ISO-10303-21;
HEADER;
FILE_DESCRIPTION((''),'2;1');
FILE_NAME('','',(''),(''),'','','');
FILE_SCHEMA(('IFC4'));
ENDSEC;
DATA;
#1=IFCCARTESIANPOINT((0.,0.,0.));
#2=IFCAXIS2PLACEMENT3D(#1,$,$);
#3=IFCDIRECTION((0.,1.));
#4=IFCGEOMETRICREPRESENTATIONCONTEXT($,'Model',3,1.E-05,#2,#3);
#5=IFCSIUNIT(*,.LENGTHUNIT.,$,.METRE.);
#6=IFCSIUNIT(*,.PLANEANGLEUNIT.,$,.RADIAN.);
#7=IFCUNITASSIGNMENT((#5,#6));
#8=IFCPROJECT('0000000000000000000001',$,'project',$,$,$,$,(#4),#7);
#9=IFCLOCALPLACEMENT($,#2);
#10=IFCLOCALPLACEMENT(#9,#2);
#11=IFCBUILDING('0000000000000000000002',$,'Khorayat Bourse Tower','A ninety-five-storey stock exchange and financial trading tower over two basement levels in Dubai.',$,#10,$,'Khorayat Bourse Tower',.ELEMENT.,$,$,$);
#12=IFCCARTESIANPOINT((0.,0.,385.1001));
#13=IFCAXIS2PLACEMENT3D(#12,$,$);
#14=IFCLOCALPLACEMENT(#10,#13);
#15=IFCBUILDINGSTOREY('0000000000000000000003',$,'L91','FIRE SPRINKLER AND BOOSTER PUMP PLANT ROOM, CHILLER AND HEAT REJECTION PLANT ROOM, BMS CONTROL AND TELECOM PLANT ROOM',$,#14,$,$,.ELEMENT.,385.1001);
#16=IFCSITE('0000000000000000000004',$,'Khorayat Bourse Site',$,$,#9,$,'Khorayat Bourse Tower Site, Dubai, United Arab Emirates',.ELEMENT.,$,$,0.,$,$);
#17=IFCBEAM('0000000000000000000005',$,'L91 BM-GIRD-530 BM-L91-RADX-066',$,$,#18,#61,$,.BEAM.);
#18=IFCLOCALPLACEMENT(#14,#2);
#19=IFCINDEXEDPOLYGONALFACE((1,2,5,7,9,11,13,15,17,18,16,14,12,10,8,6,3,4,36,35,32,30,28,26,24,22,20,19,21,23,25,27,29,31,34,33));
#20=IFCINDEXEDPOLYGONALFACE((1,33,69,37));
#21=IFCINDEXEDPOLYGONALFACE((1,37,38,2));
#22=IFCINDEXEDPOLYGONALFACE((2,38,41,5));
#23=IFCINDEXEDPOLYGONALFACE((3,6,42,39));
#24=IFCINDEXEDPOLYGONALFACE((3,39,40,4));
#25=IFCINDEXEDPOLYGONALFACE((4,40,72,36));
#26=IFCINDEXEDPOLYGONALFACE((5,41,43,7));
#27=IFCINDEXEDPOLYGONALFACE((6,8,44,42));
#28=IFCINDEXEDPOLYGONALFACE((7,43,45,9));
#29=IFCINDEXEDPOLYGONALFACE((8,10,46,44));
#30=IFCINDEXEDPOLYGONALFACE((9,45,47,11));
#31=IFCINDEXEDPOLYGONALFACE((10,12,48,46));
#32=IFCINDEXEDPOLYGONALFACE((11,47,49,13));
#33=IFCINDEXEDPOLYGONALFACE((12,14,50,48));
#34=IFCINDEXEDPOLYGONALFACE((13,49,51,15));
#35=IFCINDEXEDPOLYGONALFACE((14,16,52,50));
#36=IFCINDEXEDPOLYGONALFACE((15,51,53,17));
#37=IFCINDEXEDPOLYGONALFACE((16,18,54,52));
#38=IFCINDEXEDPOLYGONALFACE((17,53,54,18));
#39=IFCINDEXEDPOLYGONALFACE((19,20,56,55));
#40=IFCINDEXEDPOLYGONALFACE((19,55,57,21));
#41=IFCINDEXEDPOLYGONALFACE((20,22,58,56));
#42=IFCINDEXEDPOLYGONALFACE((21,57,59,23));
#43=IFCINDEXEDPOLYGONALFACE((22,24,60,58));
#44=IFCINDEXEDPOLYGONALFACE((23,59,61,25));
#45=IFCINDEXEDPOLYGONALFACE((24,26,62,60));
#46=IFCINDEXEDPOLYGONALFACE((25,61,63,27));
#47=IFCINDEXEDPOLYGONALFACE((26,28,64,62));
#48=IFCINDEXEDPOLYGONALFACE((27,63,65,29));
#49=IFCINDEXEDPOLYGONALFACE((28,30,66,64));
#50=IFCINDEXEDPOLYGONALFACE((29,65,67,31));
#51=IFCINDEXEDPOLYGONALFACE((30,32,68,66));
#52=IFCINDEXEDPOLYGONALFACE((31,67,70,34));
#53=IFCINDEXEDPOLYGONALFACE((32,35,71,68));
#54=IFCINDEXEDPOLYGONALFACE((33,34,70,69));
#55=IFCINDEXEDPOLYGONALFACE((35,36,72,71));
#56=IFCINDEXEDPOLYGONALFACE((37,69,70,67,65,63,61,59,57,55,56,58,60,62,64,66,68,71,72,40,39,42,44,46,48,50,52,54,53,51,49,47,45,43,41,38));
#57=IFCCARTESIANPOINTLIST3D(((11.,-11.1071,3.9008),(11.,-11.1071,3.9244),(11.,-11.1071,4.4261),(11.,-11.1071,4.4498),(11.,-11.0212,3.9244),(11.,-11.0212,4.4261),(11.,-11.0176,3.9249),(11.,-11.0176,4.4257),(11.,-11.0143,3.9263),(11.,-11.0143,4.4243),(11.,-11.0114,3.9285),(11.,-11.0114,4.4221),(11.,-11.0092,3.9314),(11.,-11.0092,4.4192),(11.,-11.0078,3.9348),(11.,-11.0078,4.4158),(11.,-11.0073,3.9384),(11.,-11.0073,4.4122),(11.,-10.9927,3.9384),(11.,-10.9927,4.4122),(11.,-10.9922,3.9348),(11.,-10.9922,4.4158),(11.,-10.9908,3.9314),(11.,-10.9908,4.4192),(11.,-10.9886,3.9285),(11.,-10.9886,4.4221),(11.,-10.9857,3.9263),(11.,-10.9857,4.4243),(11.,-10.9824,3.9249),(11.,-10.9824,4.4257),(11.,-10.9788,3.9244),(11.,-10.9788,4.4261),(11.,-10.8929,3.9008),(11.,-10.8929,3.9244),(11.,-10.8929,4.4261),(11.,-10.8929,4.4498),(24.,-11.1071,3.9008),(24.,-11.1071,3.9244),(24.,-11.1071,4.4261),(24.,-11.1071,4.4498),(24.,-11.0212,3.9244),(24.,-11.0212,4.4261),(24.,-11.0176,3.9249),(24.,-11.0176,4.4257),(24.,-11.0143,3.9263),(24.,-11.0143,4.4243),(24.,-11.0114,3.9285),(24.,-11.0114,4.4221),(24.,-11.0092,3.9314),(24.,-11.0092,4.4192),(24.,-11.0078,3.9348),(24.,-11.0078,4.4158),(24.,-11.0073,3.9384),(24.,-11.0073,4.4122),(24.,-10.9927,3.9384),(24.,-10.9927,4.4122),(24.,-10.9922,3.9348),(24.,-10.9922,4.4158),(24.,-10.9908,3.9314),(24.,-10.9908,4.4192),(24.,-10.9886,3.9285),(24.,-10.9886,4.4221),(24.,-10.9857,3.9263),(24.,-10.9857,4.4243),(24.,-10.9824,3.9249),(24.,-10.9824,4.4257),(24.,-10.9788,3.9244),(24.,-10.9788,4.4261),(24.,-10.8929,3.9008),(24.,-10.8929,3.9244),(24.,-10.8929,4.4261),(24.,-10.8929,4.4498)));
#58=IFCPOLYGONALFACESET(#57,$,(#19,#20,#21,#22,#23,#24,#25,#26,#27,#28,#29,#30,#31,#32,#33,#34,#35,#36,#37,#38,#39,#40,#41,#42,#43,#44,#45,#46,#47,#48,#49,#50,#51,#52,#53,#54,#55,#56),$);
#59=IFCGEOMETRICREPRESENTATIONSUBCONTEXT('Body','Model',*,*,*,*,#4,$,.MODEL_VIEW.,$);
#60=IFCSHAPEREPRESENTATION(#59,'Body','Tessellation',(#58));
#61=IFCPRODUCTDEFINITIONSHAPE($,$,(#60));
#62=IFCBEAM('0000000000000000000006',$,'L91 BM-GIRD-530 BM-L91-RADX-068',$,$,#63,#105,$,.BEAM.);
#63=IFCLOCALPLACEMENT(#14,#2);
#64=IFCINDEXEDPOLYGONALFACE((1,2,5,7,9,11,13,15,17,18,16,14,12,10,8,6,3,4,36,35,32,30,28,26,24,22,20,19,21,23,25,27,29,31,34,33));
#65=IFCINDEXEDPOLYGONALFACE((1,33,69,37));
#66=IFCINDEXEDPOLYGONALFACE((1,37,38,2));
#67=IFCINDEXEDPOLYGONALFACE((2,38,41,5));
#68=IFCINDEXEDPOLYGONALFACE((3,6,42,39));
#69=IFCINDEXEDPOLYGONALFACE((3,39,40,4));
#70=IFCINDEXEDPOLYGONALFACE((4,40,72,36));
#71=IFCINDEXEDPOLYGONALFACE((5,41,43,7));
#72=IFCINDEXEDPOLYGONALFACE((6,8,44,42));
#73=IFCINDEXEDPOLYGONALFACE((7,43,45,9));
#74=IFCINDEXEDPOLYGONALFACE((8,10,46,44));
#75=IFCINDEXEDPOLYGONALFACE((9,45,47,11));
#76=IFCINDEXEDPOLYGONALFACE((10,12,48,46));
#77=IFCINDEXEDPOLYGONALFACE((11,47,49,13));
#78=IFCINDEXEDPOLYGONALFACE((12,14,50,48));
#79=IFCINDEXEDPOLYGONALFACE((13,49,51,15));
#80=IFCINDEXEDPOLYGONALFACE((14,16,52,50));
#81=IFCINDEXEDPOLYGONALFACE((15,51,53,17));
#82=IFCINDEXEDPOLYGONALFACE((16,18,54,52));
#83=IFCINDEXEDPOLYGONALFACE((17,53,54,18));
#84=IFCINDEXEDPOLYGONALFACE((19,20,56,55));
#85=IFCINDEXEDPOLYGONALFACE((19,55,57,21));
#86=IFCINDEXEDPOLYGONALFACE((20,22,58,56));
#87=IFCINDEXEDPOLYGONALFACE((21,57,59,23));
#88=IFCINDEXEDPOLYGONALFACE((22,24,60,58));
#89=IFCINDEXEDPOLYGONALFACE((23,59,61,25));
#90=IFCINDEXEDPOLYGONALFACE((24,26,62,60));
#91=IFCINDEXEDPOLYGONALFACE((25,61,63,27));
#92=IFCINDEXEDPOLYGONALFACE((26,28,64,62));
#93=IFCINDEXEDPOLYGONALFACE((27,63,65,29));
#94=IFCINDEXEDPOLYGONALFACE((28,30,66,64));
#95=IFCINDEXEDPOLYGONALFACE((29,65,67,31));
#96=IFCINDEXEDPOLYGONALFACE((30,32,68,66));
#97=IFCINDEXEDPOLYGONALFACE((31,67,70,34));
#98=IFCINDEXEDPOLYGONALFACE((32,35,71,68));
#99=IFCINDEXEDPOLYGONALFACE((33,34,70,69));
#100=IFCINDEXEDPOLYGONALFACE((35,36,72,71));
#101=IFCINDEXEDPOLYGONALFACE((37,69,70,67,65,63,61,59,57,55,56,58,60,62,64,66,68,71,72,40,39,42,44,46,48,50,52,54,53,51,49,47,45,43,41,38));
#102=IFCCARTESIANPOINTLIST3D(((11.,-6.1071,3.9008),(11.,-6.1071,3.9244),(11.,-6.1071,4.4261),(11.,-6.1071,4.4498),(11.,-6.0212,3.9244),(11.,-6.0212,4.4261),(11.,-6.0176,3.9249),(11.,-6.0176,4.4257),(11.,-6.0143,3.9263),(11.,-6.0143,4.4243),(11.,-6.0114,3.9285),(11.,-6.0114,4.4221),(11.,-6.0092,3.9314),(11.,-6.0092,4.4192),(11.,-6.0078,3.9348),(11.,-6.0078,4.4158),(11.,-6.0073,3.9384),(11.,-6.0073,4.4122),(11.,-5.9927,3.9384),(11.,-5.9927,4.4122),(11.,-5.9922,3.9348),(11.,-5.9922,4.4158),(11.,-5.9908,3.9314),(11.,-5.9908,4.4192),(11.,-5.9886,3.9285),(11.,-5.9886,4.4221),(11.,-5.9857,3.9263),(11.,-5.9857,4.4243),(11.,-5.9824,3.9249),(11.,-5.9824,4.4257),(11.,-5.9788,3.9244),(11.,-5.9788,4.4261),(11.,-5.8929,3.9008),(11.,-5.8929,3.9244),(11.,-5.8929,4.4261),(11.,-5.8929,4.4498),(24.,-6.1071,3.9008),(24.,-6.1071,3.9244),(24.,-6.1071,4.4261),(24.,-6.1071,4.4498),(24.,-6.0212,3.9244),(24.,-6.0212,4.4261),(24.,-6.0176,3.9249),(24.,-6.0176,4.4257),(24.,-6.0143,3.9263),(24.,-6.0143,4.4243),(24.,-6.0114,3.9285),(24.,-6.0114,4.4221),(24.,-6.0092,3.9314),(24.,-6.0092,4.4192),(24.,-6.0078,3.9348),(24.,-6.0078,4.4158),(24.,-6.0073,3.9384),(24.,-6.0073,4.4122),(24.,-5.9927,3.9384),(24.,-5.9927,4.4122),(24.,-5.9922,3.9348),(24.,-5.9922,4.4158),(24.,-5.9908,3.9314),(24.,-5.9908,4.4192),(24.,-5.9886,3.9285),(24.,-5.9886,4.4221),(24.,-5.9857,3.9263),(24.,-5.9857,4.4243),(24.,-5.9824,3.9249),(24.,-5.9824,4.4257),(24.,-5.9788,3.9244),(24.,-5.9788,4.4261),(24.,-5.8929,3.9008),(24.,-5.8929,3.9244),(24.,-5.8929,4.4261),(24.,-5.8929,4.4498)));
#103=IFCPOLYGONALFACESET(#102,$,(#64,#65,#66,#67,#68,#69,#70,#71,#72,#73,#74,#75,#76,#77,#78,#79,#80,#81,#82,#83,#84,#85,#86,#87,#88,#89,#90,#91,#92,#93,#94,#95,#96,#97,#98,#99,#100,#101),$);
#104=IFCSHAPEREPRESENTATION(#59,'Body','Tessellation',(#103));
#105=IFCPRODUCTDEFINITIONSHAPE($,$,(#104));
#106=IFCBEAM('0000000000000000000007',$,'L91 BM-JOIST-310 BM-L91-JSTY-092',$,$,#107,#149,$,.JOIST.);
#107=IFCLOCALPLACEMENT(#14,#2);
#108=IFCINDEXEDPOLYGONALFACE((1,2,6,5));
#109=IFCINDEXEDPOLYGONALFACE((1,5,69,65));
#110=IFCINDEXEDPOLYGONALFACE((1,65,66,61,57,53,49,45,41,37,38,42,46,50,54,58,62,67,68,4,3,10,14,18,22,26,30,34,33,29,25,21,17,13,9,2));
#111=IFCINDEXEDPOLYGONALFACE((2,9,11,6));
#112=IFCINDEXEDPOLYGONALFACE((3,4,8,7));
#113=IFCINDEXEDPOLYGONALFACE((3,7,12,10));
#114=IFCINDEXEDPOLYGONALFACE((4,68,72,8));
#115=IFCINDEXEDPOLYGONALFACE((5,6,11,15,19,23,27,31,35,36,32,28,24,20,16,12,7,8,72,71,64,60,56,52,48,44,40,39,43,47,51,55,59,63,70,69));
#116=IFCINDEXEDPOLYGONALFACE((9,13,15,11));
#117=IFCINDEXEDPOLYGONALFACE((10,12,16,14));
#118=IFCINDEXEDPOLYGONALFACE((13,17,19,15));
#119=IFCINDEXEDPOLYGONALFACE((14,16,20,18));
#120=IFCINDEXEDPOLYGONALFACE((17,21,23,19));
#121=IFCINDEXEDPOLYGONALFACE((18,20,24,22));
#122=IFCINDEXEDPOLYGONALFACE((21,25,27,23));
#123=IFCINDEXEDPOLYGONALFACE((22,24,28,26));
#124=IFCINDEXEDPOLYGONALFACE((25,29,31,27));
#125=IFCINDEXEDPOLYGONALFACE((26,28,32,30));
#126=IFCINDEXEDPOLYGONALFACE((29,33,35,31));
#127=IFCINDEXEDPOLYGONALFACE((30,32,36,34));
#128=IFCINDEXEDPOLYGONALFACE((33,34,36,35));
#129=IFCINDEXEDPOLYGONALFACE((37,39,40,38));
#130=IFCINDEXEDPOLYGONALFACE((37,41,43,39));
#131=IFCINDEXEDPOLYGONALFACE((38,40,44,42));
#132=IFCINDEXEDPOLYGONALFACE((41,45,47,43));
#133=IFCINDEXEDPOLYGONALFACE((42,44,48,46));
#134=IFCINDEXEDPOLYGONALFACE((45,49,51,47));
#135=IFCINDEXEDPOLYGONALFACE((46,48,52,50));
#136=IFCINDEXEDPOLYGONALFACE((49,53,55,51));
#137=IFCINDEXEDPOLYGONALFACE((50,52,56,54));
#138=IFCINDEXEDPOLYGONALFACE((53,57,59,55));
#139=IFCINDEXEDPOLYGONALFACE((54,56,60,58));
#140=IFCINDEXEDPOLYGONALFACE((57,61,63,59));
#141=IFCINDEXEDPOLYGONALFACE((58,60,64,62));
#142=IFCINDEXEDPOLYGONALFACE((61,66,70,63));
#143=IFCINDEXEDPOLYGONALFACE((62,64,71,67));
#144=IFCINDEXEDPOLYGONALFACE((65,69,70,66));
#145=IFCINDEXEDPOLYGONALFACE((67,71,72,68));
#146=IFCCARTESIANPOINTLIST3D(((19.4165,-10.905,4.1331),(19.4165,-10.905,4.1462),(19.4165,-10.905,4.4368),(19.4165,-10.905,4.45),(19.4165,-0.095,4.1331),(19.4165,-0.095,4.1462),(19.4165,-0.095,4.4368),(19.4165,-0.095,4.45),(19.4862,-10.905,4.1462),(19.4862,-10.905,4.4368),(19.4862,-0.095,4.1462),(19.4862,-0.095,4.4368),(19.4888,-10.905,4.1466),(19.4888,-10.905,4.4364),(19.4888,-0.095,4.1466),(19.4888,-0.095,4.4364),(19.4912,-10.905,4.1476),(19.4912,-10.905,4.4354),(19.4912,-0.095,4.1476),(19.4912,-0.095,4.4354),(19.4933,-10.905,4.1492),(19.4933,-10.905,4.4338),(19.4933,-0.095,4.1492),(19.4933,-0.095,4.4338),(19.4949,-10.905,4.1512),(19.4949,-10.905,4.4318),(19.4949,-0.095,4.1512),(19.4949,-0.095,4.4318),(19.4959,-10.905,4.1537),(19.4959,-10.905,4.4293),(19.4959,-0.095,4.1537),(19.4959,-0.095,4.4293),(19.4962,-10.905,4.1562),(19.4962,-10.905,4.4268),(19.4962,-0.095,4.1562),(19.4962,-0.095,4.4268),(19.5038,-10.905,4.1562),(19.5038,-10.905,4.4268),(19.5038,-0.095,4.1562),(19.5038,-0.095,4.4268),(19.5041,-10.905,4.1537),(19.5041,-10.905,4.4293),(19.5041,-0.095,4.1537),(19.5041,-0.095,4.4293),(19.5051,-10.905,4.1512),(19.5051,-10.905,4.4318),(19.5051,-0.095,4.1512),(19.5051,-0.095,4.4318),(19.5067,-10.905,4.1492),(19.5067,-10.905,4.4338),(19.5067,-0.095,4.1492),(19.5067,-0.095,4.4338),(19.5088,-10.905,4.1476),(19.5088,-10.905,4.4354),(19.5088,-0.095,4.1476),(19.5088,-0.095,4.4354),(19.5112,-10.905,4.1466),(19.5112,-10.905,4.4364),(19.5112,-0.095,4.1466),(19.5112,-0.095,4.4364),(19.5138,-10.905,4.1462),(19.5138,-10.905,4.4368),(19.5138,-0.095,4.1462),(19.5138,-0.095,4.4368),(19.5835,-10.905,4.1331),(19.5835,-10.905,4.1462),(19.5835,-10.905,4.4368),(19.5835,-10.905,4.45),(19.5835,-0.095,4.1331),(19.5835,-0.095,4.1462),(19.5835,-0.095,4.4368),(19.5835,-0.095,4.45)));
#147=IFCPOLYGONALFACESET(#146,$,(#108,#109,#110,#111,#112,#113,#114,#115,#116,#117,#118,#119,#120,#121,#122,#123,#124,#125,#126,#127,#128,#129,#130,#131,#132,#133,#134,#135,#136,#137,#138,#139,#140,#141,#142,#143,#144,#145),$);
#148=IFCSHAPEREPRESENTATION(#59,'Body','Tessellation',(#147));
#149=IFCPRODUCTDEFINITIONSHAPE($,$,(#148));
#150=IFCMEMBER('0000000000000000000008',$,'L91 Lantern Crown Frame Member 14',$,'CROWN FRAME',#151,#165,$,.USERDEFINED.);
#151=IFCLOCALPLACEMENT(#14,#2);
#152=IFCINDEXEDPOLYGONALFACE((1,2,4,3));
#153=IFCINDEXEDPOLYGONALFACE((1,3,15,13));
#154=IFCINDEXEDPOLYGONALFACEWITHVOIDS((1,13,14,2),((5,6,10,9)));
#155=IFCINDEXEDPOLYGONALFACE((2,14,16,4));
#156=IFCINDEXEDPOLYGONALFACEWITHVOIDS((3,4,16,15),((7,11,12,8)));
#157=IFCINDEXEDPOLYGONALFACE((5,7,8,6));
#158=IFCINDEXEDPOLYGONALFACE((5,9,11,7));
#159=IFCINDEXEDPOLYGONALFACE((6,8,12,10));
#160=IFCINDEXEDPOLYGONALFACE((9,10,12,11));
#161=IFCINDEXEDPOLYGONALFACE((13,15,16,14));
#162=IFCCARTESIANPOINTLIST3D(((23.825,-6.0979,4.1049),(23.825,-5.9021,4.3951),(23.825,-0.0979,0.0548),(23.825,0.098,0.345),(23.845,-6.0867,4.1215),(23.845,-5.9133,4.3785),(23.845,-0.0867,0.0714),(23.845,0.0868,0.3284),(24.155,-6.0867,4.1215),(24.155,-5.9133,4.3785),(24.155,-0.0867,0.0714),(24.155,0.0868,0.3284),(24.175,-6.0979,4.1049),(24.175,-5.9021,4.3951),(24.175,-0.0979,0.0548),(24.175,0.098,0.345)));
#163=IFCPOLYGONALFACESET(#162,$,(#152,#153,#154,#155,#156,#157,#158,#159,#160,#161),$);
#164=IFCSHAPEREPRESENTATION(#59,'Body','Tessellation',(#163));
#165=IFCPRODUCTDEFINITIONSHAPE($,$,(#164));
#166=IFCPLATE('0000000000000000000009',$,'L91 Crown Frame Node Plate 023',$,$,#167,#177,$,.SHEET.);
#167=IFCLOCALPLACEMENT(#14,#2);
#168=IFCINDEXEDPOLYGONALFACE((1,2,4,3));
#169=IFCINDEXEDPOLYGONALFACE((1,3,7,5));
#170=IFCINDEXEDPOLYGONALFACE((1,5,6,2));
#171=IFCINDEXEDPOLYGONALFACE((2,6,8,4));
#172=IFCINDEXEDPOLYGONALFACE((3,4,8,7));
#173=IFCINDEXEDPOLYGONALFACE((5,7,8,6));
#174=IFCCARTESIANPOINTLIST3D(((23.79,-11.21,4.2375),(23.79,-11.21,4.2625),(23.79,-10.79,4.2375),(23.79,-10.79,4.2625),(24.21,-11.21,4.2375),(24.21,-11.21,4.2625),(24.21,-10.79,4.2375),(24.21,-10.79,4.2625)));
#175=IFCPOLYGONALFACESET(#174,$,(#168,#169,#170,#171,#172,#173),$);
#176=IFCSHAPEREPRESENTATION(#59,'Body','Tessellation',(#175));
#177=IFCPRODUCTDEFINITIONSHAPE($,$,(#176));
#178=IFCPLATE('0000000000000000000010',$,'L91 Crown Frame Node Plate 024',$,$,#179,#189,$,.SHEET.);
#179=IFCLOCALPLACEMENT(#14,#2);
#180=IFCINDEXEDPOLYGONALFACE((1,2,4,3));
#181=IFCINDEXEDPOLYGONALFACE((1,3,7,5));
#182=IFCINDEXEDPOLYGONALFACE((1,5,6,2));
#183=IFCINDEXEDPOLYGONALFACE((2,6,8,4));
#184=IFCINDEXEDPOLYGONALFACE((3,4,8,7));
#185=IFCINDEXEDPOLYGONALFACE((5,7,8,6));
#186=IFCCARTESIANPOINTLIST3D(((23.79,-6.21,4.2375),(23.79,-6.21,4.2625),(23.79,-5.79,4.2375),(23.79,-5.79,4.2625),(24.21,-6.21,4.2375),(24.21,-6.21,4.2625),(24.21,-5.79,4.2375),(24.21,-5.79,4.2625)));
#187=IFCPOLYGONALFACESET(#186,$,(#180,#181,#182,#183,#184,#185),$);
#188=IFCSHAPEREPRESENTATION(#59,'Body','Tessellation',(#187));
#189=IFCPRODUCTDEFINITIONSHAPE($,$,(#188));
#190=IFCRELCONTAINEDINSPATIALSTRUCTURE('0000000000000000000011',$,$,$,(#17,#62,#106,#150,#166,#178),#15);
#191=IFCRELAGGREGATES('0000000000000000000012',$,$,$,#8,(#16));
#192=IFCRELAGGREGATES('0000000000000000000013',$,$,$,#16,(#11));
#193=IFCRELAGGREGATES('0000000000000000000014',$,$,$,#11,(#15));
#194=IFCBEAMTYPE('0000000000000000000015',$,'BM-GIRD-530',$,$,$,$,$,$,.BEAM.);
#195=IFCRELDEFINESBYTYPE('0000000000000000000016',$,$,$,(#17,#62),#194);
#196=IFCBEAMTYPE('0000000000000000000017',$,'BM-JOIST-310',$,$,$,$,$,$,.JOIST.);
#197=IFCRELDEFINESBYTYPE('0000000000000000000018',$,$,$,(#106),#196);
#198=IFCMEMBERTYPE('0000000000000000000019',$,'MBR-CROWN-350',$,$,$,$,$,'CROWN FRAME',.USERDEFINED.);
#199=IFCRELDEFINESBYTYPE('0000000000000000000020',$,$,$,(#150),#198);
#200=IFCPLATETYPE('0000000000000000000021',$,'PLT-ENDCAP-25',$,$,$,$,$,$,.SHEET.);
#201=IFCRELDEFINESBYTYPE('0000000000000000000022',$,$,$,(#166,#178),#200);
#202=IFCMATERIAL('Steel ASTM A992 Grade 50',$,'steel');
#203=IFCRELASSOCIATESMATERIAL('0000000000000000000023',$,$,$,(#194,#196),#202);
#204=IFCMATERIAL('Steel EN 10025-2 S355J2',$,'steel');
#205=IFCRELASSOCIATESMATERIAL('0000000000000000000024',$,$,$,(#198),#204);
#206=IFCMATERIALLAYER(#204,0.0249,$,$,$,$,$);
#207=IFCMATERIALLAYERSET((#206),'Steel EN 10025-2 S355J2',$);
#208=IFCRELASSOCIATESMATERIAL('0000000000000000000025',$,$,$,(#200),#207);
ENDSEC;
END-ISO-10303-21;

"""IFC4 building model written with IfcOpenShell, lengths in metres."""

from ifc_helpers import new_model, si_unit, direction, frame, origin, origin_2d, place, context, subcontext, project, spatial, rectangle, hollow_rectangle, i_section, extrude, source, transform, mapped, material, layer, layer_set, material_profile, profile_set, type_object, element, save


model = new_model("IFC4")

# Units and contexts
model_context = context("Model", 3, precision=1e-05, world=origin(), true_north=direction((0.0, 1.0)))
body_context = subcontext(model_context, "Body", "Model", "MODEL_VIEW")
ifc_project = project(units=[si_unit("LENGTHUNIT", "METRE"), si_unit("PLANEANGLEUNIT", "RADIAN")], contexts=[model_context])

# Site, building, storey
site_placement = place(None, origin())
site = spatial("IfcSite", under=ifc_project, at=site_placement, Name="Khorayat Bourse Site", LongName="Khorayat Bourse Tower Site, Dubai, United Arab Emirates", CompositionType="ELEMENT", RefElevation=0.0)
building_placement = place(site_placement, origin())
building = spatial("IfcBuilding", under=site, at=building_placement, Name="Khorayat Bourse Tower", Description="A ninety-five-storey stock exchange and financial trading tower over two basement levels in Dubai.", LongName="Khorayat Bourse Tower", CompositionType="ELEMENT")
storey_placement = place(building_placement, frame((0.0, 0.0, 385.1001)))
storey = spatial("IfcBuildingStorey", under=building, at=storey_placement, Name="L91", Description="FIRE SPRINKLER AND BOOSTER PUMP PLANT ROOM, CHILLER AND HEAT REJECTION PLANT ROOM, BMS CONTROL AND TELECOM PLANT ROOM", CompositionType="ELEMENT", Elevation=385.1001)

# Shared definitions
ifc_material_1 = material(Name="Steel EN 10025-2 S355J2", Category="steel")

# Beams
ifc_material_2 = material(Name="Steel ASTM A992 Grade 50", Category="steel")
ifc_material_profile_1 = material_profile(ifc_material_2, i_section(OverallWidth=0.2141, OverallDepth=0.5491, WebThickness=0.0146, FlangeThickness=0.0237, FilletRadius=0.0139, at=origin_2d()), Name="W530X138")
ifc_profile_set_1 = profile_set([ifc_material_profile_1], Name="Steel ASTM A992 Grade 50")
beam_type_1 = type_object("IfcBeamType", Name="BM-GIRD-530", PredefinedType="BEAM", material=ifc_profile_set_1)
shared_shape_1 = source(origin(), body_context, "Body", "SweptSolid", [
    extrude(i_section(OverallWidth=0.2141, OverallDepth=0.5491, WebThickness=0.0146, FlangeThickness=0.0237, FilletRadius=0.0139, at=origin_2d()), origin(), (0.0, 0.0, 1.0), 13.0),
])
for number, where, z_axis, x_axis, name in (
    (1, (11.0, -11.0, 4.1753), (1.0, 0.0, 0.0), (0.0, 1.0, 0.0), "L91 BM-GIRD-530 BM-L91-RADX-066"),
    (2, (11.0, -6.0, 4.1753), (1.0, 0.0, 0.0), (0.0, 1.0, 0.0), "L91 BM-GIRD-530 BM-L91-RADX-068"),
):
    element("IfcBeam", number, at=place(storey_placement, frame(where, z_axis=z_axis, x_axis=x_axis)), inside=storey, type_object=beam_type_1, Name=name, PredefinedType="BEAM", context=body_context, shape_type="MappedRepresentation", body=[
        mapped(shared_shape_1, transform((0.0, 0.0, 0.0), scale=1.0)),
    ])
ifc_material_profile_2 = material_profile(ifc_material_2, i_section(OverallWidth=0.167, OverallDepth=0.3169, WebThickness=0.0076, FlangeThickness=0.0132, FilletRadius=0.01, at=origin_2d()), Name="W310X52")
ifc_profile_set_2 = profile_set([ifc_material_profile_2], Name="Steel ASTM A992 Grade 50")
beam_type_2 = type_object("IfcBeamType", Name="BM-JOIST-310", PredefinedType="JOIST", material=ifc_profile_set_2)
shared_shape_2 = source(origin(), body_context, "Body", "SweptSolid", [
    extrude(i_section(OverallWidth=0.167, OverallDepth=0.3169, WebThickness=0.0076, FlangeThickness=0.0132, FilletRadius=0.01, at=origin_2d()), origin(), (0.0, 0.0, 1.0), 10.8101),
])
beam_1_placement = place(storey_placement, frame((19.5, -10.905, 4.2915), z_axis=(0.0, 1.0, 0.0), x_axis=(-1.0, 0.0, 0.0)))
element("IfcBeam", 3, at=beam_1_placement, inside=storey, type_object=beam_type_2, Name="L91 BM-JOIST-310 BM-L91-JSTY-092", PredefinedType="JOIST", context=body_context, shape_type="MappedRepresentation", body=[
    mapped(shared_shape_2, transform((0.0, 0.0, 0.0), scale=1.0)),
])

# Member
ifc_material_profile_3 = material_profile(ifc_material_1, hollow_rectangle(XDim=0.3501, YDim=0.3501, WallThickness=0.02, at=origin_2d()), Name="HSS 350x350x20")
ifc_profile_set_3 = profile_set([ifc_material_profile_3], Name="Steel EN 10025-2 S355J2")
member_type = type_object("IfcMemberType", Name="MBR-CROWN-350", ElementType="CROWN FRAME", PredefinedType="USERDEFINED", material=ifc_profile_set_3)
shared_shape_3 = source(origin(), body_context, "Body", "SweptSolid", [
    extrude(hollow_rectangle(XDim=0.3501, YDim=0.3501, WallThickness=0.02, at=origin_2d()), origin(), (0.0, 0.0, 1.0), 7.239),
])
member_placement = place(storey_placement, frame((24.0, -6.0, 4.25), z_axis=(0.0, 0.828846, -0.559477), x_axis=(-1.0, 0.0, 0.0)))
element("IfcMember", 4, at=member_placement, inside=storey, type_object=member_type, Name="L91 Lantern Crown Frame Member 14", ObjectType="CROWN FRAME", PredefinedType="USERDEFINED", context=body_context, shape_type="MappedRepresentation", body=[
    mapped(shared_shape_3, transform((0.0, 0.0, 0.0), scale=1.0)),
])

# Plates
ifc_layer_1 = layer(ifc_material_1, 0.0249)
ifc_layer_set_1 = layer_set([ifc_layer_1], Name="Steel EN 10025-2 S355J2")
plate_type_1 = type_object("IfcPlateType", Name="PLT-ENDCAP-25", PredefinedType="SHEET", material=ifc_layer_set_1)
shared_shape_4 = source(origin(), body_context, "Body", "SweptSolid", [
    extrude(rectangle(XDim=0.4199, YDim=0.4199, at=origin_2d()), origin(), (0.0, 0.0, 1.0), 0.0249),
])
for number, where, z_axis, x_axis, name in (
    (5, (24.0, -11.0, 4.2375), (0.0, 0.0, 1.0), (1.0, 0.0, 0.0), "L91 Crown Frame Node Plate 023"),
    (6, (24.0, -6.0, 4.2375), (0.0, 0.0, 1.0), (1.0, 0.0, 0.0), "L91 Crown Frame Node Plate 024"),
):
    element("IfcPlate", number, at=place(storey_placement, frame(where, z_axis=z_axis, x_axis=x_axis)), inside=storey, type_object=plate_type_1, Name=name, PredefinedType="SHEET", context=body_context, shape_type="MappedRepresentation", body=[
        mapped(shared_shape_4, transform((0.0, 0.0, 0.0), scale=1.0)),
    ])

save(model, "model.ifc")
